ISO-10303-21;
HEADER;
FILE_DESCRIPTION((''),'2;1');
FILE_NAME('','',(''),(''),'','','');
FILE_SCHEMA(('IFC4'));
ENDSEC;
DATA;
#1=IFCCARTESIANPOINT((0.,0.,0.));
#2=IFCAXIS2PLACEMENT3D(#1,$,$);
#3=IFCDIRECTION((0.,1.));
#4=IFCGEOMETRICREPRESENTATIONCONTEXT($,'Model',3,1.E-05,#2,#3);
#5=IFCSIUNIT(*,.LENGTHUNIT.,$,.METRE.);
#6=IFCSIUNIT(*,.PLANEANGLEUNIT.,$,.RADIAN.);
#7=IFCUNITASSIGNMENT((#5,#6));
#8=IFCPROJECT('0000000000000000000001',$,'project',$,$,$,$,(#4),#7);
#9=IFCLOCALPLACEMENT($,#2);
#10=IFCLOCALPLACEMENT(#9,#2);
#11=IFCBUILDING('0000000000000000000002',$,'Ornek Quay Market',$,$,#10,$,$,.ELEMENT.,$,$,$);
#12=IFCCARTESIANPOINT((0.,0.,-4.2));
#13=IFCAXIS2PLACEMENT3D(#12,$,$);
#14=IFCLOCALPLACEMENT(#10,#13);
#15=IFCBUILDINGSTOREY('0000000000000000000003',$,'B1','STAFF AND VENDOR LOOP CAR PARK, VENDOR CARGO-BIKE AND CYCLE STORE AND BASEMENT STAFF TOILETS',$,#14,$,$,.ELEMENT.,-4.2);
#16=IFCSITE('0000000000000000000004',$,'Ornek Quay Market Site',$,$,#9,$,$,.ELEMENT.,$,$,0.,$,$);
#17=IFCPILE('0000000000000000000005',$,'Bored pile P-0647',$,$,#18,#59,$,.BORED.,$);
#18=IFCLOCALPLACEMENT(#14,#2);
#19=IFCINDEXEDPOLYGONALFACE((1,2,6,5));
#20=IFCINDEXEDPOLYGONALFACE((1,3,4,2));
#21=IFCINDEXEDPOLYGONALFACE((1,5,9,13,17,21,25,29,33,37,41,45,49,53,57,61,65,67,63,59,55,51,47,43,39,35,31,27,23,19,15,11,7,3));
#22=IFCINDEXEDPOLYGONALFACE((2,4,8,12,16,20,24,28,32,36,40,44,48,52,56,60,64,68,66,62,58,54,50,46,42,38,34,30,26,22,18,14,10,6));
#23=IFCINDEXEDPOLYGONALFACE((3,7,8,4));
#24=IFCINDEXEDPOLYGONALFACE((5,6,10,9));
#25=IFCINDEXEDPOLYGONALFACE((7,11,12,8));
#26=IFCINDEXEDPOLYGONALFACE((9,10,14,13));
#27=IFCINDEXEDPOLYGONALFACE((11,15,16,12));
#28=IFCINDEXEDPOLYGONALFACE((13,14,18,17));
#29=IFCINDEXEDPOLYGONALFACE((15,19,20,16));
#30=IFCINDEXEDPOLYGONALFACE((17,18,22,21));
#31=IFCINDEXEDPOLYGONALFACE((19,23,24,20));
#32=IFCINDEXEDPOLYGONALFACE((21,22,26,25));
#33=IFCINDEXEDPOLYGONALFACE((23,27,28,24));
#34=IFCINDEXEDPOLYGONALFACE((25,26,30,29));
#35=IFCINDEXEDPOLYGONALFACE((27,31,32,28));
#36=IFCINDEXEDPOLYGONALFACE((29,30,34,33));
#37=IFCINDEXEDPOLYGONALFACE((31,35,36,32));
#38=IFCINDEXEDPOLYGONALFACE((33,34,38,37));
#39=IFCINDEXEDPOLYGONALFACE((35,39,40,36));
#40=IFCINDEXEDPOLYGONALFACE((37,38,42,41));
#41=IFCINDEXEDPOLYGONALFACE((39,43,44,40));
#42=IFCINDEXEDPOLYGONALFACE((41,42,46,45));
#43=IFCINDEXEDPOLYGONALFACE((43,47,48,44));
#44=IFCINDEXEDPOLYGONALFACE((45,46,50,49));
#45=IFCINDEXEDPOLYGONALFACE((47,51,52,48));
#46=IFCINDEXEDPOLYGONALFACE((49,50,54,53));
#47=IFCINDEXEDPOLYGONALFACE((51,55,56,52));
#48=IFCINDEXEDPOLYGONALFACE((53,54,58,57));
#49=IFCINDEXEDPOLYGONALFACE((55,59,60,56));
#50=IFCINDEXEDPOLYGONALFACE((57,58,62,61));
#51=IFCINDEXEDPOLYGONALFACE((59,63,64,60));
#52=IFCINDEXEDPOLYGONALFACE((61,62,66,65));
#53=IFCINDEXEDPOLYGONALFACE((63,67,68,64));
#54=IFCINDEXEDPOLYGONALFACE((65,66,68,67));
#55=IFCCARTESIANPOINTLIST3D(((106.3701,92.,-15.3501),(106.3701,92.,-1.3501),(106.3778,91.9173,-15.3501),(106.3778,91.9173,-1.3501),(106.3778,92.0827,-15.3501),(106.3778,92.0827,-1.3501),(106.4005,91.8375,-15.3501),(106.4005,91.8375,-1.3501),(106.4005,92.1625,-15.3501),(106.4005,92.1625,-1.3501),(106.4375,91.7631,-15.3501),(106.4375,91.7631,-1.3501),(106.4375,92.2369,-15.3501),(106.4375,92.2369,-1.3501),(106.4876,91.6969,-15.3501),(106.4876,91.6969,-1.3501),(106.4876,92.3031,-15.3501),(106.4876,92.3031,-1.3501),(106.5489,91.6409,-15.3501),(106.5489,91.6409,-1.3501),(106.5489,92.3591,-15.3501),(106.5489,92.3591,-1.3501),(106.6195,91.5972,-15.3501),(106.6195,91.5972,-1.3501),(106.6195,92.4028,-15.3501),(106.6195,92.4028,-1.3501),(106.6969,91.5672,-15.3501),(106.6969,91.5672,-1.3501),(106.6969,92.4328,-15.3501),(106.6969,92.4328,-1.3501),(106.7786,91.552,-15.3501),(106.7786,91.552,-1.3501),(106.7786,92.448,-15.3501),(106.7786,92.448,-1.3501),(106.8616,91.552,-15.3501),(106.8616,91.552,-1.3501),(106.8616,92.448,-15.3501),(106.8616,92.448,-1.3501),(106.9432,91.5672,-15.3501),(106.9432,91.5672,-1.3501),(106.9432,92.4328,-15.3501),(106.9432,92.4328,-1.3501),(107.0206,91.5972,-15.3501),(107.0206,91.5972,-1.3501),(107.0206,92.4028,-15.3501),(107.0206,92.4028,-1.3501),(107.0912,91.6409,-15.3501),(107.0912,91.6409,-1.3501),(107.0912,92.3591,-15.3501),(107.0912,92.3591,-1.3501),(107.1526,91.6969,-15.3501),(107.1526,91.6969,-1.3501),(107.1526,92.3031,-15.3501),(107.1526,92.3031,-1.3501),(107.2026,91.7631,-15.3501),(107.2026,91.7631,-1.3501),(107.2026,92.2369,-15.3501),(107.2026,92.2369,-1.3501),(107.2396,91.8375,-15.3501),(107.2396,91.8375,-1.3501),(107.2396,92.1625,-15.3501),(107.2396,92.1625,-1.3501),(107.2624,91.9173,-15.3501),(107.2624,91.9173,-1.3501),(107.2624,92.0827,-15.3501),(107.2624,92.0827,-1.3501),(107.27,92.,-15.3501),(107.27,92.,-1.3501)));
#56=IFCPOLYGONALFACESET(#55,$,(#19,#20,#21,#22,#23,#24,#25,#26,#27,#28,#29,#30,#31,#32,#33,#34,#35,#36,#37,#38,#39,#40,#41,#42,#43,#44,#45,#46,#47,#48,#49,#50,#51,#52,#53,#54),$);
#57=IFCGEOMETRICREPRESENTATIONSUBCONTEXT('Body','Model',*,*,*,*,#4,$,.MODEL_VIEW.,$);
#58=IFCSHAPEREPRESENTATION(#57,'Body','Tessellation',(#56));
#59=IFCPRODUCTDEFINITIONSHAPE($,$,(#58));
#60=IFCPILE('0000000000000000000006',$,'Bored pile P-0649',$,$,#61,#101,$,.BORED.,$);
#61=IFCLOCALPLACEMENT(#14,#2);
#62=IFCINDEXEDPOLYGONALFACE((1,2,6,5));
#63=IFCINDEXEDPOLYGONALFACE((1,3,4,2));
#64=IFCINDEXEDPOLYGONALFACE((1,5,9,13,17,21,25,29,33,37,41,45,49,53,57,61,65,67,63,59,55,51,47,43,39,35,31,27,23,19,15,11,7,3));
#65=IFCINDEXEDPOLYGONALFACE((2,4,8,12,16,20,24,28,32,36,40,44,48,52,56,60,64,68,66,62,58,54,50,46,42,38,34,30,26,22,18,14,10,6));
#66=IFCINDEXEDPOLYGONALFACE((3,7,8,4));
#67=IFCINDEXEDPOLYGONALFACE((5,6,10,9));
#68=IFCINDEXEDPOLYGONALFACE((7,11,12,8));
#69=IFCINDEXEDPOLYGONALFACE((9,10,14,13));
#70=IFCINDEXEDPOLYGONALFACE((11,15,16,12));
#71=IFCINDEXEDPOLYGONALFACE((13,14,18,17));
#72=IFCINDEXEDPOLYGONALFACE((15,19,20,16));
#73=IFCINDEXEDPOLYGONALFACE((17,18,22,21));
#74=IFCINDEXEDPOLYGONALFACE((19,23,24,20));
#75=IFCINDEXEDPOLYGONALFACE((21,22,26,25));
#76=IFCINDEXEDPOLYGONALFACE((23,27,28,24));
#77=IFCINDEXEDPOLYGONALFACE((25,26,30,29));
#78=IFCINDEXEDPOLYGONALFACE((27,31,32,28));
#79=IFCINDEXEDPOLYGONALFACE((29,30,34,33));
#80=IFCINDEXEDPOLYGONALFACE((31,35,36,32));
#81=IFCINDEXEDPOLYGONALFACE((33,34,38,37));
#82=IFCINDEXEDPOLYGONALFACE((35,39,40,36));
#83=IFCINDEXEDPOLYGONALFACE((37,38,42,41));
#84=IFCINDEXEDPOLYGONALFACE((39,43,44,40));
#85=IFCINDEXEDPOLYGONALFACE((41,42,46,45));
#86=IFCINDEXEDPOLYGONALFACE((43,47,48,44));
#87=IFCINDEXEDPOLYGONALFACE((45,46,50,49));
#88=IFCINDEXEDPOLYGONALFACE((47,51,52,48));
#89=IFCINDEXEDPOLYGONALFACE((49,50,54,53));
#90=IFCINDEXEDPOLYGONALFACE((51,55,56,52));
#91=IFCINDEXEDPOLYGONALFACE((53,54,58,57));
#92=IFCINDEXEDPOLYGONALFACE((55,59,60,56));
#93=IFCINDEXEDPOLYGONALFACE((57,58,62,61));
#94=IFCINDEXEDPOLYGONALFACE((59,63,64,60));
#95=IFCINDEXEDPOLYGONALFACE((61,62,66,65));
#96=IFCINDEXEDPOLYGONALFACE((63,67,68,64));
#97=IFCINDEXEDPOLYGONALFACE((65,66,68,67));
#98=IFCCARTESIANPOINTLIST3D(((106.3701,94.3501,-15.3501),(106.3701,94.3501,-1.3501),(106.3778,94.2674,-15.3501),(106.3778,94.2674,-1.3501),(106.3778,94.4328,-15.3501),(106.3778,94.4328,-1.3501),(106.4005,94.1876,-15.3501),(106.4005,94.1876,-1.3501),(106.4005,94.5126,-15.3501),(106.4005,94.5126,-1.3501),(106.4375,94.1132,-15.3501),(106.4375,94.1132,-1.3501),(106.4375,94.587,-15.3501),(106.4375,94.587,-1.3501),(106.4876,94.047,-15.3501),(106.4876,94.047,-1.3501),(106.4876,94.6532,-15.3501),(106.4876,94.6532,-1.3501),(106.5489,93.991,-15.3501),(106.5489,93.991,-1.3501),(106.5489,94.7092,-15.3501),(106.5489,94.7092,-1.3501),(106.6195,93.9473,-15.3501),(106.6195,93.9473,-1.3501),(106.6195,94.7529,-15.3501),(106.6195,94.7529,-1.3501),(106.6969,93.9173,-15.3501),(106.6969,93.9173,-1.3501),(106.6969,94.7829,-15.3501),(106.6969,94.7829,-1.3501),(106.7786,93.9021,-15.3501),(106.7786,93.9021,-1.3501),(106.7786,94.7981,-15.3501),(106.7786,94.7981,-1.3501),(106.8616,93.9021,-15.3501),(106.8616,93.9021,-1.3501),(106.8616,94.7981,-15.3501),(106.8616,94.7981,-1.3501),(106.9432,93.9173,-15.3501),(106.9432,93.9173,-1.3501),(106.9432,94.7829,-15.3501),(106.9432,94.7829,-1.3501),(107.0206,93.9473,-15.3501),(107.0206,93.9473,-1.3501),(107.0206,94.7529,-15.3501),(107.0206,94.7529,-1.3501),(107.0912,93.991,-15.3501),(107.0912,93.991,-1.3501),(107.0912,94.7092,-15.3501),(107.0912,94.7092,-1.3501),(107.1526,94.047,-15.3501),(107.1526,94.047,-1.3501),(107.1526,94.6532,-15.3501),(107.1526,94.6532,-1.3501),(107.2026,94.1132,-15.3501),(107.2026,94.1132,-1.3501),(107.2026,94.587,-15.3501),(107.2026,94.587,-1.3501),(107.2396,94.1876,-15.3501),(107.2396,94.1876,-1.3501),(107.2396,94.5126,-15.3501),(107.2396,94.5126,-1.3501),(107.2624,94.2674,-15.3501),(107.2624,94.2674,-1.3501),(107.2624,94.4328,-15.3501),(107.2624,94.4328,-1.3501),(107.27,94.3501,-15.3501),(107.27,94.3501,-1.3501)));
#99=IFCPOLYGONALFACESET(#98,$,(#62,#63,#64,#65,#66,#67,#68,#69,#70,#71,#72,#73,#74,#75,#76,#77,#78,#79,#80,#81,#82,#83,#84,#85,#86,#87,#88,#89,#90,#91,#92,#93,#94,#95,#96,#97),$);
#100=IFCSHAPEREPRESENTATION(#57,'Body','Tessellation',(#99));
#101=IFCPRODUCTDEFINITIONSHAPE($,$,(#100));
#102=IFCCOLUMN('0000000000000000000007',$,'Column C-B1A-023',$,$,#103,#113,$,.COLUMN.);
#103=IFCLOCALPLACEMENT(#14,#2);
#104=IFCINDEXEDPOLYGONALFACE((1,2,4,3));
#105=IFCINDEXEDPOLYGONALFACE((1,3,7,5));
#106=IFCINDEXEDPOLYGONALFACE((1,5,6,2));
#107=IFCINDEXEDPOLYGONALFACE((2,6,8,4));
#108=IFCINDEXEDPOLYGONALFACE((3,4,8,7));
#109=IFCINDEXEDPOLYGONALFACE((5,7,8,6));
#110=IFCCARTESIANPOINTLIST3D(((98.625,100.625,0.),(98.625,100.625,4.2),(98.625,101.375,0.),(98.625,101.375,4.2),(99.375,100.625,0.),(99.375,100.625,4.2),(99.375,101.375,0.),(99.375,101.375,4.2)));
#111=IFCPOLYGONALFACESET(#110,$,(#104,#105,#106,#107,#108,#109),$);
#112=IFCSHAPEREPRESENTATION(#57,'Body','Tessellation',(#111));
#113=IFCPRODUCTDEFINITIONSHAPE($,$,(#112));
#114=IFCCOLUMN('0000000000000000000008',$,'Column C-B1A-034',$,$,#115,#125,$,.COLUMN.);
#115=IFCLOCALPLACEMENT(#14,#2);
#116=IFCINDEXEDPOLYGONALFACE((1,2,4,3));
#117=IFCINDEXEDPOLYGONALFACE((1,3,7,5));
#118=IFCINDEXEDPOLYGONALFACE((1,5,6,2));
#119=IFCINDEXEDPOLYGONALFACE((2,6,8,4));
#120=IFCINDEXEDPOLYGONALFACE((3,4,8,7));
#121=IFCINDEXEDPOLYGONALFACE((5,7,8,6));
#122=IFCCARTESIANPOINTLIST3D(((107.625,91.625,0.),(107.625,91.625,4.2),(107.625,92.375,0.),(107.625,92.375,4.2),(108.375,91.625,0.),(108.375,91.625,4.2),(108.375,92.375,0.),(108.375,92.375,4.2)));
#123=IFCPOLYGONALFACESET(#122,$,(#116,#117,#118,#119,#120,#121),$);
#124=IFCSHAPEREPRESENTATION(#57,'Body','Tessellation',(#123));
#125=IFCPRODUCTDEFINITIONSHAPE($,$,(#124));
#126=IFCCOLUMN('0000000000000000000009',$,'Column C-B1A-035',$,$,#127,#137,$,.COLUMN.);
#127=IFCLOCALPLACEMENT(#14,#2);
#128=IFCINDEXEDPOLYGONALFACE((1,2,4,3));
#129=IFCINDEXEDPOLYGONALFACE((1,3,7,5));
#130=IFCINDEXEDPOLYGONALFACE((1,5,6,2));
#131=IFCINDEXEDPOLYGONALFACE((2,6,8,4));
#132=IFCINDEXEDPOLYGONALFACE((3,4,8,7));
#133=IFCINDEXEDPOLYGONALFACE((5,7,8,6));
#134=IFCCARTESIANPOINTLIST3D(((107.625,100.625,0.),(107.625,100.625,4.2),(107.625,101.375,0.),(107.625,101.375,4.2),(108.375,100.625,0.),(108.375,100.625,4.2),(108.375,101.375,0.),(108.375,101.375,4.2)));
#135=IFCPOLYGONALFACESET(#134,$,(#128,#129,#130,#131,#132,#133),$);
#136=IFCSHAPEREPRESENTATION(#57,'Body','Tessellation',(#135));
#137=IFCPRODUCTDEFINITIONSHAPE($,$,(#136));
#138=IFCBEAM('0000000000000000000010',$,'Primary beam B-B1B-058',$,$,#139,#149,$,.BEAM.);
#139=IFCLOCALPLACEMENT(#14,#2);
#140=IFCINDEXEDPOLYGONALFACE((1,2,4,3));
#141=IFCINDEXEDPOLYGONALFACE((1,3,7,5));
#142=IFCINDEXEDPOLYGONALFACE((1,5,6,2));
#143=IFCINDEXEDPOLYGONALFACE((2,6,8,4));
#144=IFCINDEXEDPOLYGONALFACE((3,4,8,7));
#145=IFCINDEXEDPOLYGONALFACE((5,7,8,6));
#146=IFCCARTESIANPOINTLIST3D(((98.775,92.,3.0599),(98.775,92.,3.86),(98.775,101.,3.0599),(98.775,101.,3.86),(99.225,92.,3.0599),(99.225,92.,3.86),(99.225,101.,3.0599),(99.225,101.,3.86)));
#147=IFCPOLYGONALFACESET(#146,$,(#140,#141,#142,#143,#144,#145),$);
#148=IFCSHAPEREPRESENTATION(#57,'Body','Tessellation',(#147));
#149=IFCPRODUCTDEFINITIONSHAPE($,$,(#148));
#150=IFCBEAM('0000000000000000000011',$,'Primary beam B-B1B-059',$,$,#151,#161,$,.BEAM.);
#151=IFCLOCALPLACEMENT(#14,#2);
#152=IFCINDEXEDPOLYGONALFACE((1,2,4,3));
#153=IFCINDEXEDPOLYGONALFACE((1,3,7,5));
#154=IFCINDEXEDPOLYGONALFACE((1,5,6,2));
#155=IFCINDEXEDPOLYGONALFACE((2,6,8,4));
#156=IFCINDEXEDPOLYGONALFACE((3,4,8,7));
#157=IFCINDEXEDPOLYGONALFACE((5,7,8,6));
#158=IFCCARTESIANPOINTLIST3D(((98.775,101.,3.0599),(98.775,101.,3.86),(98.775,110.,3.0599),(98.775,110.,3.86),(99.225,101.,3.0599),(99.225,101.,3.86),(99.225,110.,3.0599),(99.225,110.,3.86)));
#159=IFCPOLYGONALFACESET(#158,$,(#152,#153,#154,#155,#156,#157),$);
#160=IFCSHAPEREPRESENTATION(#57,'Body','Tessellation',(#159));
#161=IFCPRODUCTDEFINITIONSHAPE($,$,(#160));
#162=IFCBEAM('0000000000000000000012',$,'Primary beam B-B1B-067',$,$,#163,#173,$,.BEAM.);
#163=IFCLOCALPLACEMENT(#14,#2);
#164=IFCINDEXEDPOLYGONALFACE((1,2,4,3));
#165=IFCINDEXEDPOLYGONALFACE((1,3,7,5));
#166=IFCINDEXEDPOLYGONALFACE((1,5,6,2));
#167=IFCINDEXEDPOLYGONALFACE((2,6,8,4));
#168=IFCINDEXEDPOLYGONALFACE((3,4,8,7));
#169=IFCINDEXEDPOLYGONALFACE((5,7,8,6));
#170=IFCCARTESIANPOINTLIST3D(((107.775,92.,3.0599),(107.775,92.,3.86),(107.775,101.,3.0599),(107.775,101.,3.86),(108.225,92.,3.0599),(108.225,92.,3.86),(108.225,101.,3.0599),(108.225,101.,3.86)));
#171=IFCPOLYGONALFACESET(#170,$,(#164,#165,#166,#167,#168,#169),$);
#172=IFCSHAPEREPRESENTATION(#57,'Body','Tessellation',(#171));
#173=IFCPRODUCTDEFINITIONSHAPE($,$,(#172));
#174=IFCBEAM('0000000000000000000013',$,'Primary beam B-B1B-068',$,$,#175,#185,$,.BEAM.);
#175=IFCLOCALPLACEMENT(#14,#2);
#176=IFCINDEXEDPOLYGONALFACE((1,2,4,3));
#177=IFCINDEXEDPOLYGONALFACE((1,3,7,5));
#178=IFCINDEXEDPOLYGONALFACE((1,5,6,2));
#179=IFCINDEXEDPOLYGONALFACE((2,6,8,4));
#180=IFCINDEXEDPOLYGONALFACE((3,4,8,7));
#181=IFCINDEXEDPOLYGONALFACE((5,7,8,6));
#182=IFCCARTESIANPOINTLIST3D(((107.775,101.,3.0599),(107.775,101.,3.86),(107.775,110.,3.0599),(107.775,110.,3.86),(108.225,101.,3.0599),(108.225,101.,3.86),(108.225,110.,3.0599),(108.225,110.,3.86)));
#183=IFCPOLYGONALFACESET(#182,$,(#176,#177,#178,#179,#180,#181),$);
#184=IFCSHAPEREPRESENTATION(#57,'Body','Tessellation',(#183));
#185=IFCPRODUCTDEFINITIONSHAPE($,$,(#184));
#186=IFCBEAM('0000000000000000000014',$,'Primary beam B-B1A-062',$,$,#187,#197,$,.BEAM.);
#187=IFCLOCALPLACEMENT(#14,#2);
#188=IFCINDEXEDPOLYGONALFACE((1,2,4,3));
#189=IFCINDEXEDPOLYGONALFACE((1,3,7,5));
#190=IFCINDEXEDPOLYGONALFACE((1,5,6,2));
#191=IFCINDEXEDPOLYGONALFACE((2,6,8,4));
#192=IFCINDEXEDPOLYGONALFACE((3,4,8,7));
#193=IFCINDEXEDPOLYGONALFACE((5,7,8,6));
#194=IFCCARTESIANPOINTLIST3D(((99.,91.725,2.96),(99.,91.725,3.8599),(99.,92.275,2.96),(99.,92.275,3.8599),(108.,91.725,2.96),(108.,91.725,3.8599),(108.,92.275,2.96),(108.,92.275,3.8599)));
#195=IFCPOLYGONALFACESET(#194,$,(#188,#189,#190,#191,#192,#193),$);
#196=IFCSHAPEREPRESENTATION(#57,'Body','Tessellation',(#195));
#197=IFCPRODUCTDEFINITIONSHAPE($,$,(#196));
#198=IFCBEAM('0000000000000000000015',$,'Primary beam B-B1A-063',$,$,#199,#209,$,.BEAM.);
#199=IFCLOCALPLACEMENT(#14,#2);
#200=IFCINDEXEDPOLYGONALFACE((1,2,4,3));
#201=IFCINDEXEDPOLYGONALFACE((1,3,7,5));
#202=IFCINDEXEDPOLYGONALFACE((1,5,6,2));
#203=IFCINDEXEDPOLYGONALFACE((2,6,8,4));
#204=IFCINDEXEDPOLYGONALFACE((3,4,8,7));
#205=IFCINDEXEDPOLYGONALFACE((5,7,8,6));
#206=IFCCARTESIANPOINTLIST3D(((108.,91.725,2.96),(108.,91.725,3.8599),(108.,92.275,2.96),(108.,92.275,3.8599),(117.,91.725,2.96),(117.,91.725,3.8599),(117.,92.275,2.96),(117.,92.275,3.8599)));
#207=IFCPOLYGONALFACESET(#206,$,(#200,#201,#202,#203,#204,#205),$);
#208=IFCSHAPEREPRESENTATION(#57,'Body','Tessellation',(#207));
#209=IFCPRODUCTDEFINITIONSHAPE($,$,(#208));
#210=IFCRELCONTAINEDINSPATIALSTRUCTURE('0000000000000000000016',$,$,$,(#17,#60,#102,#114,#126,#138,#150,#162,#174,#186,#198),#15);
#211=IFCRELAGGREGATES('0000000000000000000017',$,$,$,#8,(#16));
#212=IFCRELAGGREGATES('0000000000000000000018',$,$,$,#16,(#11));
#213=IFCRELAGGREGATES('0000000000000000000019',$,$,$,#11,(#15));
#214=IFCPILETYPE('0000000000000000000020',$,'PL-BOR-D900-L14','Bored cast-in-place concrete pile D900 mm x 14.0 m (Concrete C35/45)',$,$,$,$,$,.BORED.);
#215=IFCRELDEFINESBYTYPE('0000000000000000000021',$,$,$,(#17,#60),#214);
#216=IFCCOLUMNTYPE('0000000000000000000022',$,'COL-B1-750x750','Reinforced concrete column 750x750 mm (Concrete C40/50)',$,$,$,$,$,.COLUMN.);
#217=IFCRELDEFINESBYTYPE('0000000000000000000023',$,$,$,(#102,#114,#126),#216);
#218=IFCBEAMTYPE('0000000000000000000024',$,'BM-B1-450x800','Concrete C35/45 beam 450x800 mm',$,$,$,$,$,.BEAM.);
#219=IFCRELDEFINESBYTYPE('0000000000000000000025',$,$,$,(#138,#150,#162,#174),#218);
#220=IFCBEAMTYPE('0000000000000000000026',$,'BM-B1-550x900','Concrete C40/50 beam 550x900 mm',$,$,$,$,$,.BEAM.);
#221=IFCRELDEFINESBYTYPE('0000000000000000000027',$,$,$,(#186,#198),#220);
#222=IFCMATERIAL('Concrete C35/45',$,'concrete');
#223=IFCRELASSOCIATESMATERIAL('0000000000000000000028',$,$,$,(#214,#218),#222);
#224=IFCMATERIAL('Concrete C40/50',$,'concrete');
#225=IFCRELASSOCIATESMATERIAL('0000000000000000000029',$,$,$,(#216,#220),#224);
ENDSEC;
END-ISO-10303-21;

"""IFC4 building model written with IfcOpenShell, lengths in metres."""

from ifc_helpers import new_model, si_unit, direction, frame, origin, origin_2d, place, context, subcontext, project, spatial, rectangle, circle, extrude, material, material_profile, profile_set, type_object, element, save


model = new_model("IFC4")

# Units and contexts
model_context = context("Model", 3, precision=1e-05, world=origin(), true_north=direction((0.0, 1.0)))
body_context = subcontext(model_context, "Body", "Model", "MODEL_VIEW")
ifc_project = project(units=[si_unit("LENGTHUNIT", "METRE"), si_unit("PLANEANGLEUNIT", "RADIAN")], contexts=[model_context])

# Site, building, storey
site_placement = place(None, origin())
site = spatial("IfcSite", under=ifc_project, at=site_placement, Name="Ornek Quay Market Site", CompositionType="ELEMENT", RefElevation=0.0)
building_placement = place(site_placement, origin())
building = spatial("IfcBuilding", under=site, at=building_placement, Name="Ornek Quay Market", CompositionType="ELEMENT")
storey_placement = place(building_placement, frame((0.0, 0.0, -4.2)))
storey = spatial("IfcBuildingStorey", under=building, at=storey_placement, Name="B1", Description="STAFF AND VENDOR LOOP CAR PARK, VENDOR CARGO-BIKE AND CYCLE STORE AND BASEMENT STAFF TOILETS", CompositionType="ELEMENT", Elevation=-4.2)

# Piles
ifc_material_1 = material(Name="Concrete C35/45", Category="concrete")
ifc_material_profile_1 = material_profile(ifc_material_1, circle(Radius=0.45, at=origin_2d()), Name="PILE D900", Category="concrete")
ifc_profile_set_1 = profile_set([ifc_material_profile_1], Name="Concrete C35/45")
pile_type_1 = type_object("IfcPileType", Name="PL-BOR-D900-L14", Description="Bored cast-in-place concrete pile D900 mm x 14.0 m (Concrete C35/45)", PredefinedType="BORED", material=ifc_profile_set_1)
for number, where, z_axis, x_axis, name in (
    (1, (106.8201, 92.0, -1.3501), (0.0, 0.0, -1.0), (1.0, 0.0, 0.0), "Bored pile P-0647"),
    (2, (106.8201, 94.3501, -1.3501), (0.0, 0.0, -1.0), (1.0, 0.0, 0.0), "Bored pile P-0649"),
):
    element("IfcPile", number, at=place(storey_placement, frame(where, z_axis=z_axis, x_axis=x_axis)), inside=storey, type_object=pile_type_1, Name=name, PredefinedType="BORED", context=body_context, shape_type="SweptSolid", body=[
        extrude(circle(Radius=0.45, at=origin_2d()), origin(), (0.0, 0.0, 1.0), 14.0),
    ])

# Columns
ifc_material_2 = material(Name="Concrete C40/50", Category="concrete")
ifc_material_profile_2 = material_profile(ifc_material_2, rectangle(XDim=0.75, YDim=0.75, at=origin_2d()), Name="RC 750x750", Category="concrete")
ifc_profile_set_2 = profile_set([ifc_material_profile_2], Name="Concrete C40/50")
column_type = type_object("IfcColumnType", Name="COL-B1-750x750", Description="Reinforced concrete column 750x750 mm (Concrete C40/50)", PredefinedType="COLUMN", material=ifc_profile_set_2)
for number, where, z_axis, x_axis, name in (
    (3, (99.0, 101.0, 0.0), (0.0, 0.0, 1.0), (1.0, 0.0, 0.0), "Column C-B1A-023"),
    (4, (108.0, 92.0, 0.0), (0.0, 0.0, 1.0), (1.0, 0.0, 0.0), "Column C-B1A-034"),
    (5, (108.0, 101.0, 0.0), (0.0, 0.0, 1.0), (1.0, 0.0, 0.0), "Column C-B1A-035"),
):
    element("IfcColumn", number, at=place(storey_placement, frame(where, z_axis=z_axis, x_axis=x_axis)), inside=storey, type_object=column_type, Name=name, PredefinedType="COLUMN", context=body_context, shape_type="SweptSolid", body=[
        extrude(rectangle(XDim=0.75, YDim=0.75, at=origin_2d()), origin(), (0.0, 0.0, 1.0), 4.2),
    ])

# Beams
ifc_material_profile_3 = material_profile(ifc_material_1, rectangle(XDim=0.45, YDim=0.8, at=origin_2d()), Name="RC 450x800", Category="concrete")
ifc_profile_set_3 = profile_set([ifc_material_profile_3], Name="Concrete C35/45")
beam_type_1 = type_object("IfcBeamType", Name="BM-B1-450x800", Description="Concrete C35/45 beam 450x800 mm", PredefinedType="BEAM", material=ifc_profile_set_3)
for number, where, z_axis, x_axis, name in (
    (6, (99.0, 92.0, 3.46), (0.0, 1.0, 0.0), (-1.0, 0.0, 0.0), "Primary beam B-B1B-058"),
    (7, (99.0, 101.0, 3.46), (0.0, 1.0, 0.0), (-1.0, 0.0, 0.0), "Primary beam B-B1B-059"),
    (8, (108.0, 92.0, 3.46), (0.0, 1.0, 0.0), (-1.0, 0.0, 0.0), "Primary beam B-B1B-067"),
    (9, (108.0, 101.0, 3.46), (0.0, 1.0, 0.0), (-1.0, 0.0, 0.0), "Primary beam B-B1B-068"),
):
    element("IfcBeam", number, at=place(storey_placement, frame(where, z_axis=z_axis, x_axis=x_axis)), inside=storey, type_object=beam_type_1, Name=name, PredefinedType="BEAM", context=body_context, shape_type="SweptSolid", body=[
        extrude(rectangle(XDim=0.45, YDim=0.8, at=origin_2d()), origin(), (0.0, 0.0, 1.0), 9.0),
    ])
ifc_material_profile_4 = material_profile(ifc_material_2, rectangle(XDim=0.55, YDim=0.8999, at=origin_2d()), Name="RC 550x900", Category="concrete")
ifc_profile_set_4 = profile_set([ifc_material_profile_4], Name="Concrete C40/50")
beam_type_2 = type_object("IfcBeamType", Name="BM-B1-550x900", Description="Concrete C40/50 beam 550x900 mm", PredefinedType="BEAM", material=ifc_profile_set_4)
for number, where, z_axis, x_axis, name in (
    (10, (99.0, 92.0, 3.4099), (1.0, 0.0, 0.0), (0.0, 1.0, 0.0), "Primary beam B-B1A-062"),
    (11, (108.0, 92.0, 3.4099), (1.0, 0.0, 0.0), (0.0, 1.0, 0.0), "Primary beam B-B1A-063"),
):
    element("IfcBeam", number, at=place(storey_placement, frame(where, z_axis=z_axis, x_axis=x_axis)), inside=storey, type_object=beam_type_2, Name=name, PredefinedType="BEAM", context=body_context, shape_type="SweptSolid", body=[
        extrude(rectangle(XDim=0.55, YDim=0.8999, at=origin_2d()), origin(), (0.0, 0.0, 1.0), 9.0),
    ])

save(model, "model.ifc")
